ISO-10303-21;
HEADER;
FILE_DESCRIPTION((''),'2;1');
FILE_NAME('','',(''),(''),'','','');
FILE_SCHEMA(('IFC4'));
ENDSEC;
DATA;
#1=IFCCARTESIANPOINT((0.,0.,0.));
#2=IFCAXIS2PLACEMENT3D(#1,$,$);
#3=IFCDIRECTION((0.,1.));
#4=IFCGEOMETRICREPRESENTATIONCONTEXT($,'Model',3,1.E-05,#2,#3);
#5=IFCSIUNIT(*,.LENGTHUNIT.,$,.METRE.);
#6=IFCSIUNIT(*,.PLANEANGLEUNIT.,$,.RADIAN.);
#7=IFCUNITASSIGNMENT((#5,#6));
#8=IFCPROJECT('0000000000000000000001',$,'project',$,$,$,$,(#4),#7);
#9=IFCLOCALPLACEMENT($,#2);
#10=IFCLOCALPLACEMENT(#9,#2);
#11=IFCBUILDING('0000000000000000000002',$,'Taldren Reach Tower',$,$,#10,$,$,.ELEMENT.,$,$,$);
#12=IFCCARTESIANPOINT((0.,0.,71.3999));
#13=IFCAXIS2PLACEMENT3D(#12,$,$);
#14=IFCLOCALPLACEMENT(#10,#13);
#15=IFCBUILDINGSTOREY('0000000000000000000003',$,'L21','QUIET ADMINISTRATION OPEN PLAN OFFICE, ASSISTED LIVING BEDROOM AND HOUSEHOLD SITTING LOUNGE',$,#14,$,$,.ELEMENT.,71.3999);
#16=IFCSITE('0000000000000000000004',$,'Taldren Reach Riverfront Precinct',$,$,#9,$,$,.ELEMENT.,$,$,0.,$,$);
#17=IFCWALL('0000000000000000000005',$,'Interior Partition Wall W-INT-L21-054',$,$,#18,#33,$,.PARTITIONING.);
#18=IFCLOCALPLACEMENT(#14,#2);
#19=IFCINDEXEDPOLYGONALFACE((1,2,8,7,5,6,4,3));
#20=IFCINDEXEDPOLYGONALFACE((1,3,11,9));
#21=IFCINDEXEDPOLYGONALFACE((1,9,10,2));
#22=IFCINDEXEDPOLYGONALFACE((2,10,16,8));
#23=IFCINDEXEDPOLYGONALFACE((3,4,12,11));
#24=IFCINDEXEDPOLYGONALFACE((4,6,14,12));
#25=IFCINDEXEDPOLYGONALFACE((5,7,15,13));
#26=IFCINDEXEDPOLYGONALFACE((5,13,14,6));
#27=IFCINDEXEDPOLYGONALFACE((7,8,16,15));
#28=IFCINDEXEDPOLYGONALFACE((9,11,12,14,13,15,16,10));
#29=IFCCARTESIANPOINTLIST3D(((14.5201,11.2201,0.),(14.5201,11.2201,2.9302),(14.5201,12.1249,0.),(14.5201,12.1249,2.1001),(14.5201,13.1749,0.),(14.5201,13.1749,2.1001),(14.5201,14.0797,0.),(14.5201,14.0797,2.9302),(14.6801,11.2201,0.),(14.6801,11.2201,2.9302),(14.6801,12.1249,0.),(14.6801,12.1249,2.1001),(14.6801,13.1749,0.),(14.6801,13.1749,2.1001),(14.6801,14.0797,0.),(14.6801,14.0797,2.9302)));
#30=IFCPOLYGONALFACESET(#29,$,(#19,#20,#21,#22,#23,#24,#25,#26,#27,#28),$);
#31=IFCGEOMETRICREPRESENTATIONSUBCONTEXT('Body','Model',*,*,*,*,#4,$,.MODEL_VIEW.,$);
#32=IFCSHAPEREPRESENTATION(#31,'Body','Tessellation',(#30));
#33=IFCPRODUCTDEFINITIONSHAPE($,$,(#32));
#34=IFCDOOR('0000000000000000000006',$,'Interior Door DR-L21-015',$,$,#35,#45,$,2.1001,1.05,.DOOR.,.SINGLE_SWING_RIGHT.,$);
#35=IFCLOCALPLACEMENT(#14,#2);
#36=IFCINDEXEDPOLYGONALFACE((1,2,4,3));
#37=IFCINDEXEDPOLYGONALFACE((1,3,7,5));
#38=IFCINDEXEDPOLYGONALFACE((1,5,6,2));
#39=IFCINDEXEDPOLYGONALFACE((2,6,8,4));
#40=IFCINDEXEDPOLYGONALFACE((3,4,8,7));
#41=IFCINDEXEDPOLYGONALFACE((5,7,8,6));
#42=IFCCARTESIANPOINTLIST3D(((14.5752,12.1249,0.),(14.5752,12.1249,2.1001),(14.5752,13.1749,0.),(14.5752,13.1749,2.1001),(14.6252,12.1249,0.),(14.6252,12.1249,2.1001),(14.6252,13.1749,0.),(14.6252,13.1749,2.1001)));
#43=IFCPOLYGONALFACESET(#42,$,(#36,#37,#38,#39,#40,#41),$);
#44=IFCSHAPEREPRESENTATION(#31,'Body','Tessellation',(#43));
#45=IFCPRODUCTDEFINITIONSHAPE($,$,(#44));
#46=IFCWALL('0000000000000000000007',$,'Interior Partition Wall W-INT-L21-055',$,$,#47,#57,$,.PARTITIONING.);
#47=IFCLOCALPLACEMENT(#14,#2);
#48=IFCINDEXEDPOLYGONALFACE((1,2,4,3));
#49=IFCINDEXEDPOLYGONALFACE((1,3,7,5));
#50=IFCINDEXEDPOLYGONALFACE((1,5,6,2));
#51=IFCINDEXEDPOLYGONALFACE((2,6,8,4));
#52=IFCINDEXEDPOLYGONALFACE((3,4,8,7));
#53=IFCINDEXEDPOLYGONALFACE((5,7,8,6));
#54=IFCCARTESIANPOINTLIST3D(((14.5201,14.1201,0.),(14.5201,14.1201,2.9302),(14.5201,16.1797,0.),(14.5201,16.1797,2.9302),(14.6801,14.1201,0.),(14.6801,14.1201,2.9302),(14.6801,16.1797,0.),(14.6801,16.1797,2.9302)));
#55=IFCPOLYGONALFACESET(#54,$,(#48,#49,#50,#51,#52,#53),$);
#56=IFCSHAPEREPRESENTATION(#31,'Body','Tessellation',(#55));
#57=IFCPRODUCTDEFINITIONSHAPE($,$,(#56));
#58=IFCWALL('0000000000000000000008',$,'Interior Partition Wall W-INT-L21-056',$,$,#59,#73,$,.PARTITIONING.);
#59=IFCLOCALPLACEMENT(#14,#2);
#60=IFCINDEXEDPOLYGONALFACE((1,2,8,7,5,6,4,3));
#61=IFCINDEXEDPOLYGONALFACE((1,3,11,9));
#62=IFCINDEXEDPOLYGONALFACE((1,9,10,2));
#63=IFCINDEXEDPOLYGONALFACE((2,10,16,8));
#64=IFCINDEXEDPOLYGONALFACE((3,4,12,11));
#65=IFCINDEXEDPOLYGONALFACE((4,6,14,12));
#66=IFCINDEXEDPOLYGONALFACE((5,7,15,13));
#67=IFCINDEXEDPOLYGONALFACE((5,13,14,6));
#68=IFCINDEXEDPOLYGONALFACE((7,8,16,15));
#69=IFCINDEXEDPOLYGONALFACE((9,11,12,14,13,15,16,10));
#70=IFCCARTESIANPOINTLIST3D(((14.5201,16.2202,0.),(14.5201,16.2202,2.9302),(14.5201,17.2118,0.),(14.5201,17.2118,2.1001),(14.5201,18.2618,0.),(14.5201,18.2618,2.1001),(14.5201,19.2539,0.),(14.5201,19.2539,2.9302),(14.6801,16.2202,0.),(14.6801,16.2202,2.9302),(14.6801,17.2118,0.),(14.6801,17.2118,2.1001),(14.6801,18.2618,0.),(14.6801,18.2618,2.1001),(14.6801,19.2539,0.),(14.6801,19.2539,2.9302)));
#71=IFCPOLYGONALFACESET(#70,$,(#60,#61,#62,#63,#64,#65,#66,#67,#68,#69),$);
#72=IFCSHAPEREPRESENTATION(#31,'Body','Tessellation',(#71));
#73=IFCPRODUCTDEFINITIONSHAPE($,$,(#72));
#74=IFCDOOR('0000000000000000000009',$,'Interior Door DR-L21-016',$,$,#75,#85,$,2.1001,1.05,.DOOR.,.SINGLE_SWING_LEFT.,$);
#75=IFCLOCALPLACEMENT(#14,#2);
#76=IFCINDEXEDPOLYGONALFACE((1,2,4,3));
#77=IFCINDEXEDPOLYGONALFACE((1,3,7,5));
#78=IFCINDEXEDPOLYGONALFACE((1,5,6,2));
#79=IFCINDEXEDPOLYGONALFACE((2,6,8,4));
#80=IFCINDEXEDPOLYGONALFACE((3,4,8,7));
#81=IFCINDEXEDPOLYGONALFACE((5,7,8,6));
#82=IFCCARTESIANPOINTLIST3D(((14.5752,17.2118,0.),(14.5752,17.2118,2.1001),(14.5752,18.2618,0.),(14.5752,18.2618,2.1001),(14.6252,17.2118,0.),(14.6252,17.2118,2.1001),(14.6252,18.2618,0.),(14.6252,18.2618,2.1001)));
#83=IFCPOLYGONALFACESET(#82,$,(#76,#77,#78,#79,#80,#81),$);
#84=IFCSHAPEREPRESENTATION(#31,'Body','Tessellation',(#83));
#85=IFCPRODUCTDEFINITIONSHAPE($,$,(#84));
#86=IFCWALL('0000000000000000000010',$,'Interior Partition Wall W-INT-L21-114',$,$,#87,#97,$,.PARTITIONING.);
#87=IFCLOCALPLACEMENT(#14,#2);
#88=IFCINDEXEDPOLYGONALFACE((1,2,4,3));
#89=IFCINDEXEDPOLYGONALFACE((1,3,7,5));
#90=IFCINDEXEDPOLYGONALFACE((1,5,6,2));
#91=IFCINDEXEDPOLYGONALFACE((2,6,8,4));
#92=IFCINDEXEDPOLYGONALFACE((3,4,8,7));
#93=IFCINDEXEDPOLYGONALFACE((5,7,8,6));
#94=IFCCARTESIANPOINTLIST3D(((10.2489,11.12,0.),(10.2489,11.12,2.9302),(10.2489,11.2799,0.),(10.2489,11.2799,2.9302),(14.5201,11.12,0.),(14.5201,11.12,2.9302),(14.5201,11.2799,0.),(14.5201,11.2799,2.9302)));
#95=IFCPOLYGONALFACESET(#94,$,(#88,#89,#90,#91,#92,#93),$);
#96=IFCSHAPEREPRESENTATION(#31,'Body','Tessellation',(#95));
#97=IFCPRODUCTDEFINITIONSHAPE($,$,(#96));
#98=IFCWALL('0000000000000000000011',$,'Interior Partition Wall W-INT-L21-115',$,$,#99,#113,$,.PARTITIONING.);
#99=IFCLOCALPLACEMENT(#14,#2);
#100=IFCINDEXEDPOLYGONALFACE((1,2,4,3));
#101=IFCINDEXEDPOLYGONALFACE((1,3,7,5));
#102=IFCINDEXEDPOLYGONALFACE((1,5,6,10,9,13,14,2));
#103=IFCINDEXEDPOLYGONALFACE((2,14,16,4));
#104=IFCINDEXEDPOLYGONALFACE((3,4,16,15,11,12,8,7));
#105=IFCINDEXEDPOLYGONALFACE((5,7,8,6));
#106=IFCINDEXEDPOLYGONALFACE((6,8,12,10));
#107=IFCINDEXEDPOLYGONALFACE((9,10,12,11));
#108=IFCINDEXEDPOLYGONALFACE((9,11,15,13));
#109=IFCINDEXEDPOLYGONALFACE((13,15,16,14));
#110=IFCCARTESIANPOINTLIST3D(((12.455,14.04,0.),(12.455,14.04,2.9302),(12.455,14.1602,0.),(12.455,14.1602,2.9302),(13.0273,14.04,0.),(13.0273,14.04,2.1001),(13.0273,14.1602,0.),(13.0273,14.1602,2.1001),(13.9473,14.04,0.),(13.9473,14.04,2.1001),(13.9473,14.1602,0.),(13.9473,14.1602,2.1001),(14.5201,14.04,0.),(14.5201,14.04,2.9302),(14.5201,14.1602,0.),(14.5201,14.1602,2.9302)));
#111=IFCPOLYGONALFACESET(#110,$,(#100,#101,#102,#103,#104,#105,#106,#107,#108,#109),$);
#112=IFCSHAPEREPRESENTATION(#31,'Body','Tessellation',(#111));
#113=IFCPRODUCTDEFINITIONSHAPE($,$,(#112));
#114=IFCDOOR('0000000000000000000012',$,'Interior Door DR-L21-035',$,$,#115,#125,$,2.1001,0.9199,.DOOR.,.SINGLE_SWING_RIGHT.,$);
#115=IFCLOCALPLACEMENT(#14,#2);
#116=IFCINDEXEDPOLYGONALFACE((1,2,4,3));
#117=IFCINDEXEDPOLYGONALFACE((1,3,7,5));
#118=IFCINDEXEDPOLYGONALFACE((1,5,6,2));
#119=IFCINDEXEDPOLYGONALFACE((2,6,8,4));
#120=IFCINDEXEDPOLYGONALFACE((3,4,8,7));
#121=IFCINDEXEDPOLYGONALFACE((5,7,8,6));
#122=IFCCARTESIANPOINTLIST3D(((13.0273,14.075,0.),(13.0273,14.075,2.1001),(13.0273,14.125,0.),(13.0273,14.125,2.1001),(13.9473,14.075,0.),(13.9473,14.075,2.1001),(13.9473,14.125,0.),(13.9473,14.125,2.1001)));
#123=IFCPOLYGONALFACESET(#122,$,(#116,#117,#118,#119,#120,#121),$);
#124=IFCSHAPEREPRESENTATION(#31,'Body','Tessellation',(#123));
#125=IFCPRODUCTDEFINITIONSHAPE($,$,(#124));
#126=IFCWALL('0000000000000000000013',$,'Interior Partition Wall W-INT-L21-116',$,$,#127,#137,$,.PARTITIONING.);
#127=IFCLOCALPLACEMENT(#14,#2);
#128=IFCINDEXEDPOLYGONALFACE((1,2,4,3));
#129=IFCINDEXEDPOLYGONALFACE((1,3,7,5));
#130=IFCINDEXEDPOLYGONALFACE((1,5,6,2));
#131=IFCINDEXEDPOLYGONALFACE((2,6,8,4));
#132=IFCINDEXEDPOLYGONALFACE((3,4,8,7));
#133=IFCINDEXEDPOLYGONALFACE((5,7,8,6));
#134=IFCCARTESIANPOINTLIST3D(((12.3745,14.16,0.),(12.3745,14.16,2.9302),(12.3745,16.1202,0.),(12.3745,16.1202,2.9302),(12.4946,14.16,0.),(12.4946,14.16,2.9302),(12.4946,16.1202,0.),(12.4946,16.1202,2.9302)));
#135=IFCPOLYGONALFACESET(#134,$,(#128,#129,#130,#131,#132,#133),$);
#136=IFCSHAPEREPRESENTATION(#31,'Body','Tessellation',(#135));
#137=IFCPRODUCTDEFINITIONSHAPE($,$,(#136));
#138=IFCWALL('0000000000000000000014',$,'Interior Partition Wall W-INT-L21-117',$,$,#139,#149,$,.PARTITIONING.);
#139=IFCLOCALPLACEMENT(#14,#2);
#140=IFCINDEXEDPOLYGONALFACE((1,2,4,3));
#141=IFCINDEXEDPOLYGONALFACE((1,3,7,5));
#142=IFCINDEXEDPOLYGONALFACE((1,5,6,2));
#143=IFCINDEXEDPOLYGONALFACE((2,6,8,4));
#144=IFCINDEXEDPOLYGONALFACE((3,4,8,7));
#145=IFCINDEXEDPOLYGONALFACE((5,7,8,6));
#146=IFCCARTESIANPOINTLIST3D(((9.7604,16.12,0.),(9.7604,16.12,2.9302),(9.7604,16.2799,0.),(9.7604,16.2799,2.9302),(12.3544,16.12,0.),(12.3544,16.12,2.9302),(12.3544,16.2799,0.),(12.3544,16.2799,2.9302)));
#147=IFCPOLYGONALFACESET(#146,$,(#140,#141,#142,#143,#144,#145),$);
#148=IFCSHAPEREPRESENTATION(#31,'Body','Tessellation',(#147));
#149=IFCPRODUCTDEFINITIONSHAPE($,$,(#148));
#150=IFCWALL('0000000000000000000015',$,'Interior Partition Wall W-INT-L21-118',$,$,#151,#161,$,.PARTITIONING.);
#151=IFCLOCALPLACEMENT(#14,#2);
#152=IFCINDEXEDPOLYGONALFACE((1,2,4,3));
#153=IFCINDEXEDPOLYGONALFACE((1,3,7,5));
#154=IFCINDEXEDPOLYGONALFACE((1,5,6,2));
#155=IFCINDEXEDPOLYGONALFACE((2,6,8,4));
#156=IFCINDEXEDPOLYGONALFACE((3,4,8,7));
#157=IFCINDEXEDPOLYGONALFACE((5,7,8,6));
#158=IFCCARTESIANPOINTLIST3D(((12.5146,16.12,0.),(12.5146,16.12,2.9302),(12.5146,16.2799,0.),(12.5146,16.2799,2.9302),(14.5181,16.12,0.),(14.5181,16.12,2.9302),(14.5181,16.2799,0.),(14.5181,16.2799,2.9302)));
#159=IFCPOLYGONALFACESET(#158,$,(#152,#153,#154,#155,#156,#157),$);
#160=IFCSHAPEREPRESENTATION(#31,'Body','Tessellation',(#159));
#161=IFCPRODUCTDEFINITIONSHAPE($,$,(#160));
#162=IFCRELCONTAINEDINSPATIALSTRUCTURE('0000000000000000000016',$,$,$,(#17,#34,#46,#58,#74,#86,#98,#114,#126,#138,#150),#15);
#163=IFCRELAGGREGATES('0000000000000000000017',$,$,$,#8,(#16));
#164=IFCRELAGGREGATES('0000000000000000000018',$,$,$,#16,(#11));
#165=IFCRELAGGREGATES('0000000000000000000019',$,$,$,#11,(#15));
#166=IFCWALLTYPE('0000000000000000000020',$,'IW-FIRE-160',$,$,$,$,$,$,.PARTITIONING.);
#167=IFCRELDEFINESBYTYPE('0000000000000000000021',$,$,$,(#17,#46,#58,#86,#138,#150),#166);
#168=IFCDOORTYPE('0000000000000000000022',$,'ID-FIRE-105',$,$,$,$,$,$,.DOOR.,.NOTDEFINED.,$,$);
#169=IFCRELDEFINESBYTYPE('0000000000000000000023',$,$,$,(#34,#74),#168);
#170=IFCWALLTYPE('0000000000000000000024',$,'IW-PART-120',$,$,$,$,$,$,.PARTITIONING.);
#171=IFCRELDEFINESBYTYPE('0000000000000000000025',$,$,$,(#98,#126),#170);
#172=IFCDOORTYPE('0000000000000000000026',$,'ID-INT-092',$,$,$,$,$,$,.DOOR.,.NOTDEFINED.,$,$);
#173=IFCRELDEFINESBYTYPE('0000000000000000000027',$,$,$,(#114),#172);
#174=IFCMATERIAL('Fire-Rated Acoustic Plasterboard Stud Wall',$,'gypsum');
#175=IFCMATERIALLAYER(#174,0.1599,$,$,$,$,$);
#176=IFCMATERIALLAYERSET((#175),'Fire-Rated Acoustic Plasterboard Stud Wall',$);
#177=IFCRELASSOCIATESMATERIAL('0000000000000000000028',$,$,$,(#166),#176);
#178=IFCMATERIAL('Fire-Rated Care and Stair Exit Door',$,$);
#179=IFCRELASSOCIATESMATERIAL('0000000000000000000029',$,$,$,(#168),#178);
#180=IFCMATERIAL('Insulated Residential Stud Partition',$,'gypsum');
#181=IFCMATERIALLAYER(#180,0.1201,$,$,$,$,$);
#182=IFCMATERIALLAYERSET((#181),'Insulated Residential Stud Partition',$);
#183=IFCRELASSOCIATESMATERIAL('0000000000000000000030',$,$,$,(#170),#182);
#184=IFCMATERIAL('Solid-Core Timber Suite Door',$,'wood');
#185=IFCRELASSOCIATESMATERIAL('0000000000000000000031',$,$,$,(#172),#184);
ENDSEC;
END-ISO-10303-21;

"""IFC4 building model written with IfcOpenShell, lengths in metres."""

from ifc_helpers import new_model, si_unit, direction, frame, frame_2d, origin, place, context, subcontext, project, spatial, rectangle, extrude, source, transform, mapped, material, layer, layer_set, type_object, element, fill, save


model = new_model("IFC4")

# Units and contexts
model_context = context("Model", 3, precision=1e-05, world=origin(), true_north=direction((0.0, 1.0)))
body_context = subcontext(model_context, "Body", "Model", "MODEL_VIEW")
ifc_project = project(units=[si_unit("LENGTHUNIT", "METRE"), si_unit("PLANEANGLEUNIT", "RADIAN")], contexts=[model_context])

# Site, building, storey
site_placement = place(None, origin())
site = spatial("IfcSite", under=ifc_project, at=site_placement, Name="Taldren Reach Riverfront Precinct", CompositionType="ELEMENT", RefElevation=0.0)
building_placement = place(site_placement, origin())
building = spatial("IfcBuilding", under=site, at=building_placement, Name="Taldren Reach Tower", CompositionType="ELEMENT")
storey_placement = place(building_placement, frame((0.0, 0.0, 71.3999)))
storey = spatial("IfcBuildingStorey", under=building, at=storey_placement, Name="L21", Description="QUIET ADMINISTRATION OPEN PLAN OFFICE, ASSISTED LIVING BEDROOM AND HOUSEHOLD SITTING LOUNGE", CompositionType="ELEMENT", Elevation=71.3999)

# Shared definitions
ifc_material_1 = material(Name="Fire-Rated Acoustic Plasterboard Stud Wall", Category="gypsum")
ifc_layer_1 = layer(ifc_material_1, 0.1599)
ifc_layer_set_1 = layer_set([ifc_layer_1], Name="Fire-Rated Acoustic Plasterboard Stud Wall")
wall_type_1 = type_object("IfcWallType", Name="IW-FIRE-160", PredefinedType="PARTITIONING", material=ifc_layer_set_1)

# Wall, opening, door
shared_shape_1 = source(origin(), body_context, "Body", "SweptSolid", [
    extrude(rectangle(XDim=2.8596, YDim=0.1599, at=frame_2d((1.4297, 0.0))), origin(), (0.0, 0.0, 1.0), 2.9302),
])
wall_1_placement = place(storey_placement, frame((14.6001, 11.2202, 0.0), z_axis=(0.0, 0.0, 1.0), x_axis=(0.0, 1.0, 0.0)))
wall_1 = element("IfcWall", 1, at=wall_1_placement, inside=storey, type_object=wall_type_1, Name="Interior Partition Wall W-INT-L21-054", PredefinedType="PARTITIONING", context=body_context, shape_type="MappedRepresentation", body=[
    mapped(shared_shape_1, transform((0.0, 0.0, 0.0), scale=1.0)),
])
shared_shape_2 = source(origin(), body_context, "Body", "SweptSolid", [
    extrude(rectangle(XDim=1.05, YDim=2.1001, at=frame_2d((0.5249, 1.05))), frame((0.0, 0.0898, 0.0), z_axis=(0.0, -1.0, 0.0), x_axis=(1.0, 0.0, 0.0)), (0.0, 0.0, 1.0), 0.1799),
])
opening_1_placement = place(wall_1_placement, frame((0.9048, 0.0, 0.0)))
opening_1 = element("IfcOpeningElement", 2, at=opening_1_placement, cuts=wall_1, PredefinedType="OPENING", context=body_context, shape_type="MappedRepresentation", body=[
    mapped(shared_shape_2, transform((0.0, 0.0, 0.0), scale=1.0)),
])
ifc_material_2 = material(Name="Fire-Rated Care and Stair Exit Door")
door_type_1 = type_object("IfcDoorType", Name="ID-FIRE-105", OperationType="NOTDEFINED", PredefinedType="DOOR", material=ifc_material_2)
shared_shape_3 = source(origin(), body_context, "Body", "SweptSolid", [
    extrude(rectangle(XDim=1.05, YDim=2.1001, at=frame_2d((0.5249, 1.05))), frame((0.0, 0.0249, 0.0), z_axis=(0.0, -1.0, 0.0), x_axis=(1.0, 0.0, 0.0)), (0.0, 0.0, 1.0), 0.05),
])
door_1_placement = place(opening_1_placement, origin())
door_1 = element("IfcDoor", 3, at=door_1_placement, inside=storey, type_object=door_type_1, Name="Interior Door DR-L21-015", OperationType="SINGLE_SWING_RIGHT", OverallHeight=2.1001, OverallWidth=1.05, PredefinedType="DOOR", context=body_context, shape_type="MappedRepresentation", body=[
    mapped(shared_shape_3, transform((0.0, 0.0, 0.0), scale=1.0)),
])
fill(opening_1, door_1)

# Wall
shared_shape_4 = source(origin(), body_context, "Body", "SweptSolid", [
    extrude(rectangle(XDim=2.0596, YDim=0.1599, at=frame_2d((1.0298, 0.0))), origin(), (0.0, 0.0, 1.0), 2.9302),
])
wall_2_placement = place(storey_placement, frame((14.6001, 14.1201, 0.0), z_axis=(0.0, 0.0, 1.0), x_axis=(0.0, 1.0, 0.0)))
element("IfcWall", 4, at=wall_2_placement, inside=storey, type_object=wall_type_1, Name="Interior Partition Wall W-INT-L21-055", PredefinedType="PARTITIONING", context=body_context, shape_type="MappedRepresentation", body=[
    mapped(shared_shape_4, transform((0.0, 0.0, 0.0), scale=1.0)),
])

# Wall, opening, door
shared_shape_5 = source(origin(), body_context, "Body", "SweptSolid", [
    extrude(rectangle(XDim=3.0337, YDim=0.1599, at=frame_2d((1.5168, 0.0))), origin(), (0.0, 0.0, 1.0), 2.9302),
])
wall_3_placement = place(storey_placement, frame((14.6001, 16.2202, 0.0), z_axis=(0.0, 0.0, 1.0), x_axis=(0.0, 1.0, 0.0)))
wall_3 = element("IfcWall", 5, at=wall_3_placement, inside=storey, type_object=wall_type_1, Name="Interior Partition Wall W-INT-L21-056", PredefinedType="PARTITIONING", context=body_context, shape_type="MappedRepresentation", body=[
    mapped(shared_shape_5, transform((0.0, 0.0, 0.0), scale=1.0)),
])
opening_2_placement = place(wall_3_placement, frame((0.9917, 0.0, 0.0)))
opening_2 = element("IfcOpeningElement", 6, at=opening_2_placement, cuts=wall_3, PredefinedType="OPENING", context=body_context, shape_type="MappedRepresentation", body=[
    mapped(shared_shape_2, transform((0.0, 0.0, 0.0), scale=1.0)),
])
door_2_placement = place(opening_2_placement, origin())
door_2 = element("IfcDoor", 7, at=door_2_placement, inside=storey, type_object=door_type_1, Name="Interior Door DR-L21-016", OperationType="SINGLE_SWING_LEFT", OverallHeight=2.1001, OverallWidth=1.05, PredefinedType="DOOR", context=body_context, shape_type="MappedRepresentation", body=[
    mapped(shared_shape_3, transform((0.0, 0.0, 0.0), scale=1.0)),
])
fill(opening_2, door_2)

# Wall
shared_shape_6 = source(origin(), body_context, "Body", "SweptSolid", [
    extrude(rectangle(XDim=4.2712, YDim=0.1599, at=frame_2d((2.1357, 0.0))), origin(), (0.0, 0.0, 1.0), 2.9302),
])
wall_4_placement = place(storey_placement, frame((10.2488, 11.2, 0.0), z_axis=(0.0, 0.0, 1.0), x_axis=(1.0, 0.0, 0.0)))
element("IfcWall", 8, at=wall_4_placement, inside=storey, type_object=wall_type_1, Name="Interior Partition Wall W-INT-L21-114", PredefinedType="PARTITIONING", context=body_context, shape_type="MappedRepresentation", body=[
    mapped(shared_shape_6, transform((0.0, 0.0, 0.0), scale=1.0)),
])

# Wall, opening, door
ifc_material_3 = material(Name="Insulated Residential Stud Partition", Category="gypsum")
ifc_layer_2 = layer(ifc_material_3, 0.1201)
ifc_layer_set_2 = layer_set([ifc_layer_2], Name="Insulated Residential Stud Partition")
wall_type_2 = type_object("IfcWallType", Name="IW-PART-120", PredefinedType="PARTITIONING", material=ifc_layer_set_2)
shared_shape_7 = source(origin(), body_context, "Body", "SweptSolid", [
    extrude(rectangle(XDim=2.0652, YDim=0.1201, at=frame_2d((1.0327, 0.0))), origin(), (0.0, 0.0, 1.0), 2.9302),
])
wall_5_placement = place(storey_placement, frame((12.4548, 14.1001, 0.0), z_axis=(0.0, 0.0, 1.0), x_axis=(1.0, 0.0, 0.0)))
wall_5 = element("IfcWall", 9, at=wall_5_placement, inside=storey, type_object=wall_type_2, Name="Interior Partition Wall W-INT-L21-115", PredefinedType="PARTITIONING", context=body_context, shape_type="MappedRepresentation", body=[
    mapped(shared_shape_7, transform((0.0, 0.0, 0.0), scale=1.0)),
])
shared_shape_8 = source(origin(), body_context, "Body", "SweptSolid", [
    extrude(rectangle(XDim=0.9199, YDim=2.1001, at=frame_2d((0.46, 1.05))), frame((0.0, 0.0701, 0.0), z_axis=(0.0, -1.0, 0.0), x_axis=(1.0, 0.0, 0.0)), (0.0, 0.0, 1.0), 0.1401),
])
opening_3_placement = place(wall_5_placement, frame((0.5725, 0.0, 0.0)))
opening_3 = element("IfcOpeningElement", 10, at=opening_3_placement, cuts=wall_5, PredefinedType="OPENING", context=body_context, shape_type="MappedRepresentation", body=[
    mapped(shared_shape_8, transform((0.0, 0.0, 0.0), scale=1.0)),
])
ifc_material_4 = material(Name="Solid-Core Timber Suite Door", Category="wood")
door_type_2 = type_object("IfcDoorType", Name="ID-INT-092", OperationType="NOTDEFINED", PredefinedType="DOOR", material=ifc_material_4)
shared_shape_9 = source(origin(), body_context, "Body", "SweptSolid", [
    extrude(rectangle(XDim=0.9199, YDim=2.1001, at=frame_2d((0.46, 1.05))), frame((0.0, 0.0249, 0.0), z_axis=(0.0, -1.0, 0.0), x_axis=(1.0, 0.0, 0.0)), (0.0, 0.0, 1.0), 0.05),
])
door_3_placement = place(opening_3_placement, origin())
door_3 = element("IfcDoor", 11, at=door_3_placement, inside=storey, type_object=door_type_2, Name="Interior Door DR-L21-035", OperationType="SINGLE_SWING_RIGHT", OverallHeight=2.1001, OverallWidth=0.9199, PredefinedType="DOOR", context=body_context, shape_type="MappedRepresentation", body=[
    mapped(shared_shape_9, transform((0.0, 0.0, 0.0), scale=1.0)),
])
fill(opening_3, door_3)

# Walls
shared_shape_10 = source(origin(), body_context, "Body", "SweptSolid", [
    extrude(rectangle(XDim=1.9602, YDim=0.1201, at=frame_2d((0.98, 0.0))), origin(), (0.0, 0.0, 1.0), 2.9302),
])
wall_6_placement = place(storey_placement, frame((12.4346, 16.1201, 0.0), z_axis=(0.0, 0.0, 1.0), x_axis=(0.0, -1.0, 0.0)))
element("IfcWall", 12, at=wall_6_placement, inside=storey, type_object=wall_type_2, Name="Interior Partition Wall W-INT-L21-116", PredefinedType="PARTITIONING", context=body_context, shape_type="MappedRepresentation", body=[
    mapped(shared_shape_10, transform((0.0, 0.0, 0.0), scale=1.0)),
])
shared_shape_11 = source(origin(), body_context, "Body", "SweptSolid", [
    extrude(rectangle(XDim=2.594, YDim=0.1599, at=frame_2d((1.2969, 0.0))), origin(), (0.0, 0.0, 1.0), 2.9302),
])
wall_7_placement = place(storey_placement, frame((9.7605, 16.2, 0.0), z_axis=(0.0, 0.0, 1.0), x_axis=(1.0, 0.0, 0.0)))
element("IfcWall", 13, at=wall_7_placement, inside=storey, type_object=wall_type_1, Name="Interior Partition Wall W-INT-L21-117", PredefinedType="PARTITIONING", context=body_context, shape_type="MappedRepresentation", body=[
    mapped(shared_shape_11, transform((0.0, 0.0, 0.0), scale=1.0)),
])
shared_shape_12 = source(origin(), body_context, "Body", "SweptSolid", [
    extrude(rectangle(XDim=2.0034, YDim=0.1599, at=frame_2d((1.0017, 0.0))), origin(), (0.0, 0.0, 1.0), 2.9302),
])
wall_8_placement = place(storey_placement, frame((12.5146, 16.2, 0.0), z_axis=(0.0, 0.0, 1.0), x_axis=(1.0, 0.0, 0.0)))
element("IfcWall", 14, at=wall_8_placement, inside=storey, type_object=wall_type_1, Name="Interior Partition Wall W-INT-L21-118", PredefinedType="PARTITIONING", context=body_context, shape_type="MappedRepresentation", body=[
    mapped(shared_shape_12, transform((0.0, 0.0, 0.0), scale=1.0)),
])

save(model, "model.ifc")
